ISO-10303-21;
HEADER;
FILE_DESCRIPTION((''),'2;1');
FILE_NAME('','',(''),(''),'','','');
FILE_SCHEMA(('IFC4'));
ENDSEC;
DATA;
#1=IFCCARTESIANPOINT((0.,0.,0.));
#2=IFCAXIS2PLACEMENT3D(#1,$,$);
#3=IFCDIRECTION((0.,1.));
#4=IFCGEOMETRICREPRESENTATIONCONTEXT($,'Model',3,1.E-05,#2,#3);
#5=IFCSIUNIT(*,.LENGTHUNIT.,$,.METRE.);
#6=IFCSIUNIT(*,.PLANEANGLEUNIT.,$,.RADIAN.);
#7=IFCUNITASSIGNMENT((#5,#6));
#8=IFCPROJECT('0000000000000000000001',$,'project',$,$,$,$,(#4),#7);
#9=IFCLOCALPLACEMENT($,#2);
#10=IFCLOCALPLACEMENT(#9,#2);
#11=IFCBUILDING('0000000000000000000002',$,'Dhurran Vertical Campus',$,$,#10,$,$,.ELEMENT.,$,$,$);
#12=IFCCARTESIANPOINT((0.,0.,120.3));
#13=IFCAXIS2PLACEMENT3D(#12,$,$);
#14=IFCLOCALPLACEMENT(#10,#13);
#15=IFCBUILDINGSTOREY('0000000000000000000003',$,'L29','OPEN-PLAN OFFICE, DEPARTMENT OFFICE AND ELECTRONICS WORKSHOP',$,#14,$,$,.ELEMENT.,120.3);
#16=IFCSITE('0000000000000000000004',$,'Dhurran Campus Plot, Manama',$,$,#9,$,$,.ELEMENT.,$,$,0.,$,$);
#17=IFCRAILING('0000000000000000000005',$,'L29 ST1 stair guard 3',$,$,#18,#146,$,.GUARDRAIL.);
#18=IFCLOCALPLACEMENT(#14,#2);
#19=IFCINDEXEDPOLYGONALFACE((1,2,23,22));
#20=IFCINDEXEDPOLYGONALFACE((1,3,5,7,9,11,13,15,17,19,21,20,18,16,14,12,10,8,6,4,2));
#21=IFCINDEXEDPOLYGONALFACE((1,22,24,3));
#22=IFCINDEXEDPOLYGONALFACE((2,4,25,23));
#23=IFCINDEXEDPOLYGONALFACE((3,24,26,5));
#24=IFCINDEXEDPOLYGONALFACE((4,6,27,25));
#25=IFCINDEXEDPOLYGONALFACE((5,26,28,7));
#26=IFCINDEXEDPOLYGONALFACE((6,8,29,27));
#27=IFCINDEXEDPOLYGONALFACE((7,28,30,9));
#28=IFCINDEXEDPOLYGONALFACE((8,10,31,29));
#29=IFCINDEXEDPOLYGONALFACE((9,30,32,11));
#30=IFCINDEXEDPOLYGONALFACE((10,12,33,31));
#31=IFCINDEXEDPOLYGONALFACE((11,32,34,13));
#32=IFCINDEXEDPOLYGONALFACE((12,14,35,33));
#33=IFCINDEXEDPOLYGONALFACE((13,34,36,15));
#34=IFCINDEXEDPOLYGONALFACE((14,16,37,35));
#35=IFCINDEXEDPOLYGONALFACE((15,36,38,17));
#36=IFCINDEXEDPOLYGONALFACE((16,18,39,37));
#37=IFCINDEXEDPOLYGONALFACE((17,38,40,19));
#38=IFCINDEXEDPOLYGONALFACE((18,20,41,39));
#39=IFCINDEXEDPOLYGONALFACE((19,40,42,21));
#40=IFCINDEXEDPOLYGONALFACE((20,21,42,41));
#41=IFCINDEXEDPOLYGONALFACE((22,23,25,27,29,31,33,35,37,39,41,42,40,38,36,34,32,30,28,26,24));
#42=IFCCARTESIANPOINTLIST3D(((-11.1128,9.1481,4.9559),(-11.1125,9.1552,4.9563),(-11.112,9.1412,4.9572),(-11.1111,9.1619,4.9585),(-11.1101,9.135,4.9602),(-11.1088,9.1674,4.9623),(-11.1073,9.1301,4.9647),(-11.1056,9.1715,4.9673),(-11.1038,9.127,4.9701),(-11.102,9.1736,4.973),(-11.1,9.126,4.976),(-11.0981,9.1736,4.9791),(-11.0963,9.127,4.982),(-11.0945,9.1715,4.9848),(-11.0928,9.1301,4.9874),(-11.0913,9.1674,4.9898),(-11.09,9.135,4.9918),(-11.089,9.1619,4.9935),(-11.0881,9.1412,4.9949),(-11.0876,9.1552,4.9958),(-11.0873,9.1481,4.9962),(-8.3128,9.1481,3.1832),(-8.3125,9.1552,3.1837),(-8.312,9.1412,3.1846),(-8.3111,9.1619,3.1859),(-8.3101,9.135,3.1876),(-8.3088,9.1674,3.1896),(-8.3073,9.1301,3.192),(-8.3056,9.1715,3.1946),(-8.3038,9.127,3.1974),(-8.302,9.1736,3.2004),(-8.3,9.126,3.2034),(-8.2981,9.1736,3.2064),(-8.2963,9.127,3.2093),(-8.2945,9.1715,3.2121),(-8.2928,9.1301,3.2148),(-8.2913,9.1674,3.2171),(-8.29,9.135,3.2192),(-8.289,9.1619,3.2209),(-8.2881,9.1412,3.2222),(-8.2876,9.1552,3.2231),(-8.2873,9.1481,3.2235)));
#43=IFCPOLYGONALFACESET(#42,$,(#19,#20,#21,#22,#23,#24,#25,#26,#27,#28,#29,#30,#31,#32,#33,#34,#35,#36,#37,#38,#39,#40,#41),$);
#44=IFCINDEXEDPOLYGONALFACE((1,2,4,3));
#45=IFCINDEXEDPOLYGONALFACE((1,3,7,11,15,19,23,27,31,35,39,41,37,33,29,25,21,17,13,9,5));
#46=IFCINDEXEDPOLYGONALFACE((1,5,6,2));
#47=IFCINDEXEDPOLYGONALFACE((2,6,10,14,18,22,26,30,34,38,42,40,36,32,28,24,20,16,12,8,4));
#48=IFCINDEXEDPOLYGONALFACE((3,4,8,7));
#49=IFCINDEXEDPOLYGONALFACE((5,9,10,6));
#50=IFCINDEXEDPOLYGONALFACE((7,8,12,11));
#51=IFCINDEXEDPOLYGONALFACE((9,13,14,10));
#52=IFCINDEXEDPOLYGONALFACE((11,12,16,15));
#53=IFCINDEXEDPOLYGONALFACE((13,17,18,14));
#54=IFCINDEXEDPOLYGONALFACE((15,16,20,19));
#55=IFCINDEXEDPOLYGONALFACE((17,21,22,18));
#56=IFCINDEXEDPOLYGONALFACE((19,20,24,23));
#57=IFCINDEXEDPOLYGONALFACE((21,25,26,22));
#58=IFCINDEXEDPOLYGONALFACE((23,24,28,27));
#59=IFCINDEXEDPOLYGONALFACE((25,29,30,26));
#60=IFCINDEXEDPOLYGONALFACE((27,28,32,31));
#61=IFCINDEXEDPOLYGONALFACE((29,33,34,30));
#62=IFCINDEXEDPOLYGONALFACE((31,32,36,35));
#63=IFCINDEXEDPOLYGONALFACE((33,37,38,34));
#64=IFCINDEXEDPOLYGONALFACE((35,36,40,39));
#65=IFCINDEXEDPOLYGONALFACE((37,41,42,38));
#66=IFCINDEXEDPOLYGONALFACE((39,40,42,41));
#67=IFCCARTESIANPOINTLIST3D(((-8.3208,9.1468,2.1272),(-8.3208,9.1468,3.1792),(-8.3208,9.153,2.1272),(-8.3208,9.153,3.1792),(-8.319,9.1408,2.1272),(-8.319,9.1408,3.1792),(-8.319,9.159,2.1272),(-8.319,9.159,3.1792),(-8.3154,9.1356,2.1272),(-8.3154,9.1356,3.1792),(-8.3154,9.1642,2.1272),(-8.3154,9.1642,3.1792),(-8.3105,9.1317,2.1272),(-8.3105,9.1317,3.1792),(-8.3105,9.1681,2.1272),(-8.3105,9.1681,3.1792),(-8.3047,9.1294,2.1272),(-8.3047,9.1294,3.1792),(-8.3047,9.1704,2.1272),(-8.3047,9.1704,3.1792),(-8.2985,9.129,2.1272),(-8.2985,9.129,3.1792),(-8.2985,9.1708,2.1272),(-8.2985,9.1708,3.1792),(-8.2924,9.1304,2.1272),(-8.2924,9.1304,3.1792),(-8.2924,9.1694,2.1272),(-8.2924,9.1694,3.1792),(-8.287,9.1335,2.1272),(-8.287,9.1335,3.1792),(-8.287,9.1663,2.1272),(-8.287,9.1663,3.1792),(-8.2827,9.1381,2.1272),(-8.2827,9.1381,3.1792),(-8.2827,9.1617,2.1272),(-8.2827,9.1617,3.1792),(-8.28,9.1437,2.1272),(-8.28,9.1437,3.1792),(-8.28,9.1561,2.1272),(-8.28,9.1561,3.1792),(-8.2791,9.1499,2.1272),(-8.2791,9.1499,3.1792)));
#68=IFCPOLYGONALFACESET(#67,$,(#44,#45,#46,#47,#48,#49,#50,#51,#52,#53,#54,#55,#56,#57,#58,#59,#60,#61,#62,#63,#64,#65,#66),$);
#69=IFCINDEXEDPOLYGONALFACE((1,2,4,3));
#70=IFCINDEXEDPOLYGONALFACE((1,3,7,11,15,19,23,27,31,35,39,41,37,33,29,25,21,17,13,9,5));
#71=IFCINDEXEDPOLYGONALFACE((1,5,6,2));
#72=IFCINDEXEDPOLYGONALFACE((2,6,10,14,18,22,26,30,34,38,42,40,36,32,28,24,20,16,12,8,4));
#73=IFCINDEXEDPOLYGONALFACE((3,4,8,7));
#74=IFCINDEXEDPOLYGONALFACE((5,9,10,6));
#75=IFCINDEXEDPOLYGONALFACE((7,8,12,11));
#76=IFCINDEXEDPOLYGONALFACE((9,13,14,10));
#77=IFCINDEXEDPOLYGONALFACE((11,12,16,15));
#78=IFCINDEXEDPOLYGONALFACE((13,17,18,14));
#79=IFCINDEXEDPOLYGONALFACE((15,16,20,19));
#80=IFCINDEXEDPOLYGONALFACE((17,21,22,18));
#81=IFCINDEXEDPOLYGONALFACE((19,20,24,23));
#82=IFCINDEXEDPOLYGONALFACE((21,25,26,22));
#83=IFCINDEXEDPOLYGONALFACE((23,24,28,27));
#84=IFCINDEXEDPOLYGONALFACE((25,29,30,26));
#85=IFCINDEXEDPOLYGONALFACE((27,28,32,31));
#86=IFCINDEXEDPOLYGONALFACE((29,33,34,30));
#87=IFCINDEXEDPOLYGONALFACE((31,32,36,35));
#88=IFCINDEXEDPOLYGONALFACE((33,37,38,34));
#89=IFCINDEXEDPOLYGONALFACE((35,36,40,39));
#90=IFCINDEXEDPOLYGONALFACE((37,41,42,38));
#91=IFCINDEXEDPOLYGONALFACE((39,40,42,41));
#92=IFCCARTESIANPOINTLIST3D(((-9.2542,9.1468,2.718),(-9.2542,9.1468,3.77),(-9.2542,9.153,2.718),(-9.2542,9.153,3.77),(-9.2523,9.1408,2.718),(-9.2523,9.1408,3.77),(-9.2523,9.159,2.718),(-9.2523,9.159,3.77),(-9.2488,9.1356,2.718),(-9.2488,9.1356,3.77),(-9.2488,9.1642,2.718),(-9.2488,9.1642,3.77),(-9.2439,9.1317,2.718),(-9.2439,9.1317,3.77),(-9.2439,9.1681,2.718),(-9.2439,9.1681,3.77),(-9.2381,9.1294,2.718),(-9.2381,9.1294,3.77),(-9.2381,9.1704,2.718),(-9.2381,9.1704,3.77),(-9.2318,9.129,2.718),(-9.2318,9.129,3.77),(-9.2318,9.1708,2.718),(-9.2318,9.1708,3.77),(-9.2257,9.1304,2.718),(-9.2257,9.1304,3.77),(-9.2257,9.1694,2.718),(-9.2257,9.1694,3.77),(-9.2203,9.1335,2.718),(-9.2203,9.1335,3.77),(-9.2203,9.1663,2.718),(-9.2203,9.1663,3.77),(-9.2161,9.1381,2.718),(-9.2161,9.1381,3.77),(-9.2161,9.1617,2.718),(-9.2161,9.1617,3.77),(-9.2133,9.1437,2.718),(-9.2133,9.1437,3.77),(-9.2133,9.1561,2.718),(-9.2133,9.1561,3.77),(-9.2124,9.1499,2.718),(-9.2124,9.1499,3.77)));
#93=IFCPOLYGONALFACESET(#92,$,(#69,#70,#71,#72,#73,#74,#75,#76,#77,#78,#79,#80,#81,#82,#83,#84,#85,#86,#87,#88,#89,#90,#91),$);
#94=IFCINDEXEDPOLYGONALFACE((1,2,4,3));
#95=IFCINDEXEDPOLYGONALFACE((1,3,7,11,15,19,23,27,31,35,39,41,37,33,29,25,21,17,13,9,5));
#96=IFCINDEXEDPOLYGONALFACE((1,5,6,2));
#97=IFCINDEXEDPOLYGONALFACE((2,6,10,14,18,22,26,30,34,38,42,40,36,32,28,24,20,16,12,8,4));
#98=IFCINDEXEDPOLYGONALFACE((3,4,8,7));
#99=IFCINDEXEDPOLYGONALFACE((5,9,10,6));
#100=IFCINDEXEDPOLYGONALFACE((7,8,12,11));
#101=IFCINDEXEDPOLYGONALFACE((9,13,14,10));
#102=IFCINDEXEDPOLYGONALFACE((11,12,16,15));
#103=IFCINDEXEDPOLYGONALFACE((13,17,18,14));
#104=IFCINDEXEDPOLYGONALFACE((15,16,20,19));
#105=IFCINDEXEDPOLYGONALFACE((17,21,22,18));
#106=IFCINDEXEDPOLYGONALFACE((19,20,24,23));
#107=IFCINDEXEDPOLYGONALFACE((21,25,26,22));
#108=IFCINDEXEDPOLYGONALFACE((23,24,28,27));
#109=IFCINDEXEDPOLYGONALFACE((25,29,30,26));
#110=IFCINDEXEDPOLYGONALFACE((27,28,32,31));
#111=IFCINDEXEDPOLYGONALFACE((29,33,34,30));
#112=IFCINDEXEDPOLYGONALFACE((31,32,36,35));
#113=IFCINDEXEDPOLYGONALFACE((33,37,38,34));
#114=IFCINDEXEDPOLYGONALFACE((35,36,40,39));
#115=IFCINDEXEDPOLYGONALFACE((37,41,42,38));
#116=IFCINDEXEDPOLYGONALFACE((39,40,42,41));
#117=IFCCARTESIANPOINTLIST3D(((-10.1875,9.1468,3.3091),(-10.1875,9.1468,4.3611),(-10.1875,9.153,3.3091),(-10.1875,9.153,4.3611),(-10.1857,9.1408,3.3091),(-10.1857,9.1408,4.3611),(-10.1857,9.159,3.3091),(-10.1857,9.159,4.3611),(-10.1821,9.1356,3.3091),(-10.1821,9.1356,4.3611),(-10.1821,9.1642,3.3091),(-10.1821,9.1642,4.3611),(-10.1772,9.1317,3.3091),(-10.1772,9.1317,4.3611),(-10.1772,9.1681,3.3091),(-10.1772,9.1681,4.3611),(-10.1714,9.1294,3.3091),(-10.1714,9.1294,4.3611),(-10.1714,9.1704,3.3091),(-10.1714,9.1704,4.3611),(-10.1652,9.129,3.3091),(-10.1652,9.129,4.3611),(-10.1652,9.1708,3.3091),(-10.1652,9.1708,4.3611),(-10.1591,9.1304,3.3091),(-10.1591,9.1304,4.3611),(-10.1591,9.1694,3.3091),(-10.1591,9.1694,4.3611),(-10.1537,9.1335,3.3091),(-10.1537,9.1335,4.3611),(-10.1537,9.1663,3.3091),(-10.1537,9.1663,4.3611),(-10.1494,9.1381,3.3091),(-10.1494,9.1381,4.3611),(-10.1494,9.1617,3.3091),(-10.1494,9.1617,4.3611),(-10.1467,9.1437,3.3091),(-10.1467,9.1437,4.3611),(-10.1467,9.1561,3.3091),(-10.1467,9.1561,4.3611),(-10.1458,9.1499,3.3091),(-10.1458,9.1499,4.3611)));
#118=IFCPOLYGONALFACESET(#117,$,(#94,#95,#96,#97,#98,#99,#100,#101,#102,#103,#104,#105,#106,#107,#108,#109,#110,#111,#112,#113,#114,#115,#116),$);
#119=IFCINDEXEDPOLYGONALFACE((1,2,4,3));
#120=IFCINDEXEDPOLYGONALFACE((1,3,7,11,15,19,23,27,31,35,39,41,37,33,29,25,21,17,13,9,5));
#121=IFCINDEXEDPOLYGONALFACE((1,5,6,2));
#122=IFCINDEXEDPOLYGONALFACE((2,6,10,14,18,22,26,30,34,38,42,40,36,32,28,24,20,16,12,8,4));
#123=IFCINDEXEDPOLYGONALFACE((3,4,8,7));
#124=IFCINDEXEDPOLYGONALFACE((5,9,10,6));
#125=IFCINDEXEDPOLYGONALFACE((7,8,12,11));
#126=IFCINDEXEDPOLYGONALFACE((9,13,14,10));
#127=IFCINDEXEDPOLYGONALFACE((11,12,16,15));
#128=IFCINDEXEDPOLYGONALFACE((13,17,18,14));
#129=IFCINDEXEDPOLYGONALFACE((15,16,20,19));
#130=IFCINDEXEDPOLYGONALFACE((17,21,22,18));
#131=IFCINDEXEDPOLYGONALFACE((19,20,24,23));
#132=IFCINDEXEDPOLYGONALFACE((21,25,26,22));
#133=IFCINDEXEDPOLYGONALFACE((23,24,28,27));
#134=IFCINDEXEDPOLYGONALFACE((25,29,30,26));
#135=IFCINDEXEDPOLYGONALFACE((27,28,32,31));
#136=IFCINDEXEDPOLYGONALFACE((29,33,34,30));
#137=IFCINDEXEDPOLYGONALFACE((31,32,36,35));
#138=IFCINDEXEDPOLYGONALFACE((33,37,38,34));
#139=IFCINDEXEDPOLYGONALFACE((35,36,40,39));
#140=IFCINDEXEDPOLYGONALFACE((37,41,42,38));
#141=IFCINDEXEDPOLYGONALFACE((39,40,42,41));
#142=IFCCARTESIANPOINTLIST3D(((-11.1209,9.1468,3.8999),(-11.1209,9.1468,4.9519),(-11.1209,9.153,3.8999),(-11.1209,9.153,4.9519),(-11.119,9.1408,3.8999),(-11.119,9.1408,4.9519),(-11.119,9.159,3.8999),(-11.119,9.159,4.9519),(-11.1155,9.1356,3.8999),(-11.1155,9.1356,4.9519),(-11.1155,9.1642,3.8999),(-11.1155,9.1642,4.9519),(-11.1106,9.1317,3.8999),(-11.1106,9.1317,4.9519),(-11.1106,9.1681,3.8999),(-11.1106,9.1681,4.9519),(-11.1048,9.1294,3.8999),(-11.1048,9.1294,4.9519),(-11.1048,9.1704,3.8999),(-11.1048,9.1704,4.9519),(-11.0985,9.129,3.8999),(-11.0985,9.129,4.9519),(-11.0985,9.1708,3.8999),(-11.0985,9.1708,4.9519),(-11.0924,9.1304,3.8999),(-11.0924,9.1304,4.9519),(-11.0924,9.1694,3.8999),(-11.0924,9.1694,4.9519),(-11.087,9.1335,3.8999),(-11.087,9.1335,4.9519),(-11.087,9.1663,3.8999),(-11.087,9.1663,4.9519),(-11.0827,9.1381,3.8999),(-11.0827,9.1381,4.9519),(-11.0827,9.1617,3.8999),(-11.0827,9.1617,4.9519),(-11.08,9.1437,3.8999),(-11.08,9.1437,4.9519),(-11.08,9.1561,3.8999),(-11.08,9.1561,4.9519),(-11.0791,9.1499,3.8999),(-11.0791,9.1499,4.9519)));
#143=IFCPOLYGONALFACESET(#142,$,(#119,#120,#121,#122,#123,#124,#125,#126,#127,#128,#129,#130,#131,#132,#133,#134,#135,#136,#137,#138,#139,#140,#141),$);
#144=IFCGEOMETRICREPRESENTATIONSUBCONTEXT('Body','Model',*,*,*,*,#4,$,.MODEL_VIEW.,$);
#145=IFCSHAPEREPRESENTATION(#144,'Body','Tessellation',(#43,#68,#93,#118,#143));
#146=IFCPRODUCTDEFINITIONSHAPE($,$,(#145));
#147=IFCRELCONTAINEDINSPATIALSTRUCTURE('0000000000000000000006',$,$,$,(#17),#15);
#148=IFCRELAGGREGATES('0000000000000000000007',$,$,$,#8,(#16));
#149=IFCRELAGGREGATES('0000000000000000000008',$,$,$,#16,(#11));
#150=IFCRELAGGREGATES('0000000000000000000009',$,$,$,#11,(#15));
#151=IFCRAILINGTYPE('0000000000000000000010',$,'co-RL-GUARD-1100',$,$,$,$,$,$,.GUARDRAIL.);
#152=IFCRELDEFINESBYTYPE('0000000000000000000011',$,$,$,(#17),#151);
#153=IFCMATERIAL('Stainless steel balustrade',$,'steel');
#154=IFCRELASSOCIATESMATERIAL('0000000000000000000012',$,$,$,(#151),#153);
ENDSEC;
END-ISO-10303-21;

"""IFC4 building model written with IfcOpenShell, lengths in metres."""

from ifc_helpers import new_model, si_unit, direction, frame, origin, origin_2d, place, context, subcontext, project, spatial, circle, extrude, material, type_object, element, save


model = new_model("IFC4")

# Units and contexts
model_context = context("Model", 3, precision=1e-05, world=origin(), true_north=direction((0.0, 1.0)))
body_context = subcontext(model_context, "Body", "Model", "MODEL_VIEW")
ifc_project = project(units=[si_unit("LENGTHUNIT", "METRE"), si_unit("PLANEANGLEUNIT", "RADIAN")], contexts=[model_context])

# Site, building, storey
site_placement = place(None, origin())
site = spatial("IfcSite", under=ifc_project, at=site_placement, Name="Dhurran Campus Plot, Manama", CompositionType="ELEMENT", RefElevation=0.0)
building_placement = place(site_placement, origin())
building = spatial("IfcBuilding", under=site, at=building_placement, Name="Dhurran Vertical Campus", CompositionType="ELEMENT")
storey_placement = place(building_placement, frame((0.0, 0.0, 120.3)))
storey = spatial("IfcBuildingStorey", under=building, at=storey_placement, Name="L29", Description="OPEN-PLAN OFFICE, DEPARTMENT OFFICE AND ELECTRONICS WORKSHOP", CompositionType="ELEMENT", Elevation=120.3)

# Railing
ifc_material_1 = material(Name="Stainless steel balustrade", Category="steel")
railing_type_1 = type_object("IfcRailingType", Name="co-RL-GUARD-1100", PredefinedType="GUARDRAIL", material=ifc_material_1)
railing_1_placement = place(storey_placement, frame((-8.3, 9.1499, 2.1272)))
element("IfcRailing", 1, at=railing_1_placement, inside=storey, type_object=railing_type_1, Name="L29 ST1 stair guard 3", PredefinedType="GUARDRAIL", context=body_context, shape_type="SweptSolid", body=[
    extrude(circle(Radius=0.0239, at=origin_2d()), frame((0.0, 0.0, 1.0762), z_axis=(-0.844909, 0.0, 0.53491), x_axis=(0.0, -1.0, 0.0)), (0.0, 0.0, 1.0), 3.314),
    extrude(circle(Radius=0.021, at=origin_2d()), origin(), (0.0, 0.0, 1.0), 1.052),
    extrude(circle(Radius=0.021, at=origin_2d()), frame((-0.9333, 0.0, 0.5908)), (0.0, 0.0, 1.0), 1.052),
    extrude(circle(Radius=0.021, at=origin_2d()), frame((-1.8667, 0.0, 1.1819)), (0.0, 0.0, 1.0), 1.052),
    extrude(circle(Radius=0.021, at=origin_2d()), frame((-2.8, 0.0, 1.7727)), (0.0, 0.0, 1.0), 1.052),
])

save(model, "model.ifc")
